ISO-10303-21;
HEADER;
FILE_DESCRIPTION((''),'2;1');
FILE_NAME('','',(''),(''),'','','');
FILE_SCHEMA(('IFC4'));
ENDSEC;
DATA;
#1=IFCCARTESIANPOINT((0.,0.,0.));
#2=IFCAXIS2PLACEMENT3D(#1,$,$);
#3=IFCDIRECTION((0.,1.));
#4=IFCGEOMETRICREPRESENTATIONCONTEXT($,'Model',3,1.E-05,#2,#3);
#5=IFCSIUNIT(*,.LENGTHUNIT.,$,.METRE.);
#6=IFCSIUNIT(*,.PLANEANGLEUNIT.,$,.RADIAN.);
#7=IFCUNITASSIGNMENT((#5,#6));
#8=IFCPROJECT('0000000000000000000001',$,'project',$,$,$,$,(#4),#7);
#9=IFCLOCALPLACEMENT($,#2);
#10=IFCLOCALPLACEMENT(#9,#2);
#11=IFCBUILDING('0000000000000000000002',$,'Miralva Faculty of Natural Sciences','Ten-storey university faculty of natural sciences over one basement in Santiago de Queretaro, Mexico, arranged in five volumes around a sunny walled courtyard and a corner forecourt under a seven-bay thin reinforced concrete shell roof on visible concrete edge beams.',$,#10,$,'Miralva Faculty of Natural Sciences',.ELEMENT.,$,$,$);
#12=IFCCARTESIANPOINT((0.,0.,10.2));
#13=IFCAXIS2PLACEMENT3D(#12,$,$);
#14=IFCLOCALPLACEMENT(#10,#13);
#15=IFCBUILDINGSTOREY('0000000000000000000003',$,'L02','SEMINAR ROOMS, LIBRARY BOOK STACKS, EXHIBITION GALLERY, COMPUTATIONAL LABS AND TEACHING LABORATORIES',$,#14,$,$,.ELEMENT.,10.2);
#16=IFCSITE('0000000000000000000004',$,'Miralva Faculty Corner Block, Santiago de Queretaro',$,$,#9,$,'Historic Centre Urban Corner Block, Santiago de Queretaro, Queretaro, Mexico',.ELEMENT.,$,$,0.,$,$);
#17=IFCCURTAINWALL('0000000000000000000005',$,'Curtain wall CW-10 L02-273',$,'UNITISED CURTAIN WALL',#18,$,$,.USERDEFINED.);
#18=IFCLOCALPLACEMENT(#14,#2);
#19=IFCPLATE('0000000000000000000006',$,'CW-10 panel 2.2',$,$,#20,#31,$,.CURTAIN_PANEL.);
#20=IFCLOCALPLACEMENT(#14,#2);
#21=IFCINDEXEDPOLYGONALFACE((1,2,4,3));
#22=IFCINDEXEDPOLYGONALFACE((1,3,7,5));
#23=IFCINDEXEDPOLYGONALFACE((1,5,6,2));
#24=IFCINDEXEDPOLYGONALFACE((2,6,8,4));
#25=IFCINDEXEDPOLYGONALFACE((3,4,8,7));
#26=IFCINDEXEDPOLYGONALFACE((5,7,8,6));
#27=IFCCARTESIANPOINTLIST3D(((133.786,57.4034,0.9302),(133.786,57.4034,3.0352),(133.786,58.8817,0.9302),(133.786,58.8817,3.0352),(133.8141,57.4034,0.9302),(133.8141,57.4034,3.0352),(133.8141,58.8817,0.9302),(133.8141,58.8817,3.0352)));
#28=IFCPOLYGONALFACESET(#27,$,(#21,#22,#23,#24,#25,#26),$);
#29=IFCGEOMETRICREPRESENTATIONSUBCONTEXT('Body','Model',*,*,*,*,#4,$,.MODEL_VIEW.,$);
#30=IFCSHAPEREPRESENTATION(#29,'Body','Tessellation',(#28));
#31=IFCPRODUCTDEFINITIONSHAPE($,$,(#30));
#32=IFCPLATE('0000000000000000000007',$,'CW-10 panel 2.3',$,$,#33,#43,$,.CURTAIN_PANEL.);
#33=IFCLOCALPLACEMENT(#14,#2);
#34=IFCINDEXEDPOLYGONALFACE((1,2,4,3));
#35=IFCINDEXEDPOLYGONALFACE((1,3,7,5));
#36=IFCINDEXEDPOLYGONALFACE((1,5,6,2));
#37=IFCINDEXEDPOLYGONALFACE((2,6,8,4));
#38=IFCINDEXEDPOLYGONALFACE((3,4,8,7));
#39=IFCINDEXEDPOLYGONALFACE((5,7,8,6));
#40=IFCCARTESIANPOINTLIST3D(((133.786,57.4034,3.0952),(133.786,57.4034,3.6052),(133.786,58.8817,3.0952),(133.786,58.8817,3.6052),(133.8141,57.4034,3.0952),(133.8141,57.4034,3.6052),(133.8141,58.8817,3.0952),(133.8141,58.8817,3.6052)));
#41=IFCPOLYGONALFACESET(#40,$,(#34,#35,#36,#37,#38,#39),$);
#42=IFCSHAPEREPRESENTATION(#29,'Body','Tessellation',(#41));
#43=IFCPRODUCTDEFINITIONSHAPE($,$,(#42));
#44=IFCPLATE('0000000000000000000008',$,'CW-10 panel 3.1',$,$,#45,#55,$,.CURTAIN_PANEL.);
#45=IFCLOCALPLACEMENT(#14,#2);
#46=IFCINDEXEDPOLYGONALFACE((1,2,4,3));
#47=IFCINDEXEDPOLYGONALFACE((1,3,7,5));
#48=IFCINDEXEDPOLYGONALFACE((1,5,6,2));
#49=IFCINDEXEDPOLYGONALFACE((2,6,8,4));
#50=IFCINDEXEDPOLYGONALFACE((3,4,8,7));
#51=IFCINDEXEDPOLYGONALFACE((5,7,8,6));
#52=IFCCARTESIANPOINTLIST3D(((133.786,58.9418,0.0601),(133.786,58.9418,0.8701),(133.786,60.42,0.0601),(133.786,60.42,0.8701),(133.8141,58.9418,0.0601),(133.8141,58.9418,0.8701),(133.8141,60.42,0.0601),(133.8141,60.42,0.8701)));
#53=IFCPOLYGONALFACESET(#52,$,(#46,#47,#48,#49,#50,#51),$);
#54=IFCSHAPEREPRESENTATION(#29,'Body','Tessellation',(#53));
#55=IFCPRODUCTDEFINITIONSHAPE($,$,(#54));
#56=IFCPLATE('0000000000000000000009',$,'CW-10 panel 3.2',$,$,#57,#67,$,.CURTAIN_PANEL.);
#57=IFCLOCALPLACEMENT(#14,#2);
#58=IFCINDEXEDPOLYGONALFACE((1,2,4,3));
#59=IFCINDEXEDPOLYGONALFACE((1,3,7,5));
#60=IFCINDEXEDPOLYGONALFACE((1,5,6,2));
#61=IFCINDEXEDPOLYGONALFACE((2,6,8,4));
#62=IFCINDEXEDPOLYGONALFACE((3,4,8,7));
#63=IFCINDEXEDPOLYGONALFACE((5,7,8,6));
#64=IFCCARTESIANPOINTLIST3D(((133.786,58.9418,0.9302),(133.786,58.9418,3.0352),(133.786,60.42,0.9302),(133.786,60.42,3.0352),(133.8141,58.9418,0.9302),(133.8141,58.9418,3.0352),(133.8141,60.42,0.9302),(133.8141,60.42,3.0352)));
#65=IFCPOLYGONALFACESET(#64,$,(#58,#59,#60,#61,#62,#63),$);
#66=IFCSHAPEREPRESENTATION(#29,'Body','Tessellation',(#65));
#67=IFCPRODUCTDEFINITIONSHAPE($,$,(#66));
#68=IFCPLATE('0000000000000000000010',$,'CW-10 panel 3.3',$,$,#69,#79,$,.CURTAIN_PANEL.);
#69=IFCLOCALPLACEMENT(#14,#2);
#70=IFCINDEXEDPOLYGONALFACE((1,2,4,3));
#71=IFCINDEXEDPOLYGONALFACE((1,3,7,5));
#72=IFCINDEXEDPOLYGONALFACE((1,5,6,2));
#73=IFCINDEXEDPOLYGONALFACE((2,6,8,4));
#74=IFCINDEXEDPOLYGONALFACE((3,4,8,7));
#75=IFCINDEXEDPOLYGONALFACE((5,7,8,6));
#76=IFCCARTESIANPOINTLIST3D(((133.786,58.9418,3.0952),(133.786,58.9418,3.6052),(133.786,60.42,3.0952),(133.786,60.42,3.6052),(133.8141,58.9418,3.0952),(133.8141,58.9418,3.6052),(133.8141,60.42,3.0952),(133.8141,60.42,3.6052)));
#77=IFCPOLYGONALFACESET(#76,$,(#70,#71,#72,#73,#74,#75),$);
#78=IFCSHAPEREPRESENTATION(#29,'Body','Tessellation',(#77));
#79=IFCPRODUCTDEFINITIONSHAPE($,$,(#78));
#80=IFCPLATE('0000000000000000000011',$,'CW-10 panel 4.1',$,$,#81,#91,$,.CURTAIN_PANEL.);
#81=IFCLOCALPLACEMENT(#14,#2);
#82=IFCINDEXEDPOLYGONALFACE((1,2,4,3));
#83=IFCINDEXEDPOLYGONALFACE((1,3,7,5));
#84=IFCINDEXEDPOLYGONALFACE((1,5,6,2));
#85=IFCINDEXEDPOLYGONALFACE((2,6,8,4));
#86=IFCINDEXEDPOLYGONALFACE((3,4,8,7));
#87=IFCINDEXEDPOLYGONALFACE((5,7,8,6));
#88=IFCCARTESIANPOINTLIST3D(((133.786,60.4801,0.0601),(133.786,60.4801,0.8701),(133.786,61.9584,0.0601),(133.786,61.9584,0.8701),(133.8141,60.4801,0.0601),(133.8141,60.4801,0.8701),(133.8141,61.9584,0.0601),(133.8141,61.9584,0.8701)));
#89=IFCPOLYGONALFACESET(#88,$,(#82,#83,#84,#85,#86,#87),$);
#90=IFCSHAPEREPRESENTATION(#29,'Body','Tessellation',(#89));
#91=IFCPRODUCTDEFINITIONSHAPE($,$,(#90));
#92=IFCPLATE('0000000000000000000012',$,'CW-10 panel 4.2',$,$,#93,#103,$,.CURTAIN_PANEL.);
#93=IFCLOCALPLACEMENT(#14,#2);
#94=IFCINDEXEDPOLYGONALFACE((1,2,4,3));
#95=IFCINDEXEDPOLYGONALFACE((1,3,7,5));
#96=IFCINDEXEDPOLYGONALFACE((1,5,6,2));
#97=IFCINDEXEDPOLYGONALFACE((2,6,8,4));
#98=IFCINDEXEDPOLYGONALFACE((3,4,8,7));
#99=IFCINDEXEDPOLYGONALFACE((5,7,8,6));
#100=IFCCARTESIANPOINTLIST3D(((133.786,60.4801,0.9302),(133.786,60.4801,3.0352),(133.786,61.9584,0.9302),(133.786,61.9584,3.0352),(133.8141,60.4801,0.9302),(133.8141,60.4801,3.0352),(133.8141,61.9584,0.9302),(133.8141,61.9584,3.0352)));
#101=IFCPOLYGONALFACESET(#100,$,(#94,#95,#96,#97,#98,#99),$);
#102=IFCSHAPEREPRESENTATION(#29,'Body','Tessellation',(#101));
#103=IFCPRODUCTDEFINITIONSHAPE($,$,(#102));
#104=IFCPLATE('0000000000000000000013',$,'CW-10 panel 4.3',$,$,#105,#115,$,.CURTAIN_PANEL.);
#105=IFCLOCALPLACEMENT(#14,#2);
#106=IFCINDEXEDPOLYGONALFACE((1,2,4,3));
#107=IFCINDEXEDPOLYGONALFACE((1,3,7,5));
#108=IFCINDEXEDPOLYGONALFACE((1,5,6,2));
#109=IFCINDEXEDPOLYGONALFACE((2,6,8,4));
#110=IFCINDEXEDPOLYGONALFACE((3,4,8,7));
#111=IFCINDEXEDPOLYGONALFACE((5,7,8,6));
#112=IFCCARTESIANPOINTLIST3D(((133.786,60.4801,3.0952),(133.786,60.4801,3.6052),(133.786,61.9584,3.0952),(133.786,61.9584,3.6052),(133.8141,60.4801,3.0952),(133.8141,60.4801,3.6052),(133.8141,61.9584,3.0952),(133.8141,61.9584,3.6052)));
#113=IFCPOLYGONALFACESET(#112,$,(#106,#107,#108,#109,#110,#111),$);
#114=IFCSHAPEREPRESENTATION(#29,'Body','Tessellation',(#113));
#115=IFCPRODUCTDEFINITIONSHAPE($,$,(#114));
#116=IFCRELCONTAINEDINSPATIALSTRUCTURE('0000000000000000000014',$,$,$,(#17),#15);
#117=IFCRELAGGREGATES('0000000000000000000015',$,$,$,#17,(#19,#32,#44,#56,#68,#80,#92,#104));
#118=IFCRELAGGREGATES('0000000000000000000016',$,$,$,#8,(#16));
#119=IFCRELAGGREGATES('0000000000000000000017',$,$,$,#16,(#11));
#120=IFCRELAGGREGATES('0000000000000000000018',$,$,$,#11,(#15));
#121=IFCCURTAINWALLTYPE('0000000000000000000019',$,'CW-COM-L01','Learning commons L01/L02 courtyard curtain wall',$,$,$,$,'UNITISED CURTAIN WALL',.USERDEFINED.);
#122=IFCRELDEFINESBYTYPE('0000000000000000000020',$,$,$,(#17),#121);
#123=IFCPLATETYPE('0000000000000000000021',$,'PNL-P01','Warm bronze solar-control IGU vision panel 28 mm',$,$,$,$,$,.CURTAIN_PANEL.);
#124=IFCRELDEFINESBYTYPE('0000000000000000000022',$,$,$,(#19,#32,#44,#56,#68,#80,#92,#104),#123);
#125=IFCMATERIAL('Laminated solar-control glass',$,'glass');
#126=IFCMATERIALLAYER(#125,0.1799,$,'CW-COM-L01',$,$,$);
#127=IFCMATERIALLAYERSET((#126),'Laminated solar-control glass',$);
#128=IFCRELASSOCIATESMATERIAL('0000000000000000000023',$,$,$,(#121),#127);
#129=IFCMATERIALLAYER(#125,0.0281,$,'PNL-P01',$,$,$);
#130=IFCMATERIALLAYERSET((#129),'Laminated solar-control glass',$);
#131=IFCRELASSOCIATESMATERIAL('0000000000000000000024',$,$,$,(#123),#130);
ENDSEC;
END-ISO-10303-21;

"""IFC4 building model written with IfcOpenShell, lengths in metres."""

from ifc_helpers import new_model, si_unit, direction, frame, origin, origin_2d, place, context, subcontext, project, spatial, rectangle, extrude, material, layer, layer_set, type_object, element, aggregate, save


model = new_model("IFC4")

# Units and contexts
model_context = context("Model", 3, precision=1e-05, world=origin(), true_north=direction((0.0, 1.0)))
body_context = subcontext(model_context, "Body", "Model", "MODEL_VIEW")
ifc_project = project(units=[si_unit("LENGTHUNIT", "METRE"), si_unit("PLANEANGLEUNIT", "RADIAN")], contexts=[model_context])

# Site, building, storey
site_placement = place(None, origin())
site = spatial("IfcSite", under=ifc_project, at=site_placement, Name="Miralva Faculty Corner Block, Santiago de Queretaro", LongName="Historic Centre Urban Corner Block, Santiago de Queretaro, Queretaro, Mexico", CompositionType="ELEMENT", RefElevation=0.0)
building_placement = place(site_placement, origin())
building = spatial("IfcBuilding", under=site, at=building_placement, Name="Miralva Faculty of Natural Sciences", Description="Ten-storey university faculty of natural sciences over one basement in Santiago de Queretaro, Mexico, arranged in five volumes around a sunny walled courtyard and a corner forecourt under a seven-bay thin reinforced concrete shell roof on visible concrete edge beams.", LongName="Miralva Faculty of Natural Sciences", CompositionType="ELEMENT")
storey_placement = place(building_placement, frame((0.0, 0.0, 10.2)))
storey = spatial("IfcBuildingStorey", under=building, at=storey_placement, Name="L02", Description="SEMINAR ROOMS, LIBRARY BOOK STACKS, EXHIBITION GALLERY, COMPUTATIONAL LABS AND TEACHING LABORATORIES", CompositionType="ELEMENT", Elevation=10.2)

# Curtain wall, plates
ifc_material_1 = material(Name="Laminated solar-control glass", Category="glass")
ifc_layer_1 = layer(ifc_material_1, 0.1799, Name="CW-COM-L01")
ifc_layer_set_1 = layer_set([ifc_layer_1], Name="Laminated solar-control glass")
curtain_wall_type = type_object("IfcCurtainWallType", Name="CW-COM-L01", Description="Learning commons L01/L02 courtyard curtain wall", ElementType="UNITISED CURTAIN WALL", PredefinedType="USERDEFINED", material=ifc_layer_set_1)
curtain_wall_placement = place(storey_placement, origin())
curtain_wall = element("IfcCurtainWall", 1, at=curtain_wall_placement, inside=storey, type_object=curtain_wall_type, Name="Curtain wall CW-10 L02-273", ObjectType="UNITISED CURTAIN WALL", PredefinedType="USERDEFINED")
ifc_layer_2 = layer(ifc_material_1, 0.0281, Name="PNL-P01")
ifc_layer_set_2 = layer_set([ifc_layer_2], Name="Laminated solar-control glass")
plate_type = type_object("IfcPlateType", Name="PNL-P01", Description="Warm bronze solar-control IGU vision panel 28 mm", PredefinedType="CURTAIN_PANEL", material=ifc_layer_set_2)
plate_1_placement = place(storey_placement, frame((133.8, 58.1426, 0.9302), z_axis=(0.0, 0.0, 1.0), x_axis=(0.0, 1.0, 0.0)))
plate_1 = element("IfcPlate", 2, at=plate_1_placement, type_object=plate_type, Name="CW-10 panel 2.2", PredefinedType="CURTAIN_PANEL", context=body_context, shape_type="SweptSolid", body=[
    extrude(rectangle(XDim=1.4783, YDim=0.0281, at=origin_2d()), origin(), (0.0, 0.0, 1.0), 2.105),
])
plate_2_placement = place(storey_placement, frame((133.8, 58.1426, 3.0952), z_axis=(0.0, 0.0, 1.0), x_axis=(0.0, 1.0, 0.0)))
plate_2 = element("IfcPlate", 3, at=plate_2_placement, type_object=plate_type, Name="CW-10 panel 2.3", PredefinedType="CURTAIN_PANEL", context=body_context, shape_type="SweptSolid", body=[
    extrude(rectangle(XDim=1.4783, YDim=0.0281, at=origin_2d()), origin(), (0.0, 0.0, 1.0), 0.51),
])
plate_3_placement = place(storey_placement, frame((133.8, 59.6809, 0.0601), z_axis=(0.0, 0.0, 1.0), x_axis=(0.0, 1.0, 0.0)))
plate_3 = element("IfcPlate", 4, at=plate_3_placement, type_object=plate_type, Name="CW-10 panel 3.1", PredefinedType="CURTAIN_PANEL", context=body_context, shape_type="SweptSolid", body=[
    extrude(rectangle(XDim=1.4783, YDim=0.0281, at=origin_2d()), origin(), (0.0, 0.0, 1.0), 0.8101),
])
plate_4_placement = place(storey_placement, frame((133.8, 59.6809, 0.9302), z_axis=(0.0, 0.0, 1.0), x_axis=(0.0, 1.0, 0.0)))
plate_4 = element("IfcPlate", 5, at=plate_4_placement, type_object=plate_type, Name="CW-10 panel 3.2", PredefinedType="CURTAIN_PANEL", context=body_context, shape_type="SweptSolid", body=[
    extrude(rectangle(XDim=1.4783, YDim=0.0281, at=origin_2d()), origin(), (0.0, 0.0, 1.0), 2.105),
])
plate_5_placement = place(storey_placement, frame((133.8, 59.6809, 3.0952), z_axis=(0.0, 0.0, 1.0), x_axis=(0.0, 1.0, 0.0)))
plate_5 = element("IfcPlate", 6, at=plate_5_placement, type_object=plate_type, Name="CW-10 panel 3.3", PredefinedType="CURTAIN_PANEL", context=body_context, shape_type="SweptSolid", body=[
    extrude(rectangle(XDim=1.4783, YDim=0.0281, at=origin_2d()), origin(), (0.0, 0.0, 1.0), 0.51),
])
plate_6_placement = place(storey_placement, frame((133.8, 61.2192, 0.0601), z_axis=(0.0, 0.0, 1.0), x_axis=(0.0, 1.0, 0.0)))
plate_6 = element("IfcPlate", 7, at=plate_6_placement, type_object=plate_type, Name="CW-10 panel 4.1", PredefinedType="CURTAIN_PANEL", context=body_context, shape_type="SweptSolid", body=[
    extrude(rectangle(XDim=1.4783, YDim=0.0281, at=origin_2d()), origin(), (0.0, 0.0, 1.0), 0.8101),
])
plate_7_placement = place(storey_placement, frame((133.8, 61.2192, 0.9302), z_axis=(0.0, 0.0, 1.0), x_axis=(0.0, 1.0, 0.0)))
plate_7 = element("IfcPlate", 8, at=plate_7_placement, type_object=plate_type, Name="CW-10 panel 4.2", PredefinedType="CURTAIN_PANEL", context=body_context, shape_type="SweptSolid", body=[
    extrude(rectangle(XDim=1.4783, YDim=0.0281, at=origin_2d()), origin(), (0.0, 0.0, 1.0), 2.105),
])
plate_8_placement = place(storey_placement, frame((133.8, 61.2192, 3.0952), z_axis=(0.0, 0.0, 1.0), x_axis=(0.0, 1.0, 0.0)))
plate_8 = element("IfcPlate", 9, at=plate_8_placement, type_object=plate_type, Name="CW-10 panel 4.3", PredefinedType="CURTAIN_PANEL", context=body_context, shape_type="SweptSolid", body=[
    extrude(rectangle(XDim=1.4783, YDim=0.0281, at=origin_2d()), origin(), (0.0, 0.0, 1.0), 0.51),
])
aggregate(curtain_wall, [plate_1, plate_2, plate_3, plate_4, plate_5, plate_6, plate_7, plate_8])

save(model, "model.ifc")
